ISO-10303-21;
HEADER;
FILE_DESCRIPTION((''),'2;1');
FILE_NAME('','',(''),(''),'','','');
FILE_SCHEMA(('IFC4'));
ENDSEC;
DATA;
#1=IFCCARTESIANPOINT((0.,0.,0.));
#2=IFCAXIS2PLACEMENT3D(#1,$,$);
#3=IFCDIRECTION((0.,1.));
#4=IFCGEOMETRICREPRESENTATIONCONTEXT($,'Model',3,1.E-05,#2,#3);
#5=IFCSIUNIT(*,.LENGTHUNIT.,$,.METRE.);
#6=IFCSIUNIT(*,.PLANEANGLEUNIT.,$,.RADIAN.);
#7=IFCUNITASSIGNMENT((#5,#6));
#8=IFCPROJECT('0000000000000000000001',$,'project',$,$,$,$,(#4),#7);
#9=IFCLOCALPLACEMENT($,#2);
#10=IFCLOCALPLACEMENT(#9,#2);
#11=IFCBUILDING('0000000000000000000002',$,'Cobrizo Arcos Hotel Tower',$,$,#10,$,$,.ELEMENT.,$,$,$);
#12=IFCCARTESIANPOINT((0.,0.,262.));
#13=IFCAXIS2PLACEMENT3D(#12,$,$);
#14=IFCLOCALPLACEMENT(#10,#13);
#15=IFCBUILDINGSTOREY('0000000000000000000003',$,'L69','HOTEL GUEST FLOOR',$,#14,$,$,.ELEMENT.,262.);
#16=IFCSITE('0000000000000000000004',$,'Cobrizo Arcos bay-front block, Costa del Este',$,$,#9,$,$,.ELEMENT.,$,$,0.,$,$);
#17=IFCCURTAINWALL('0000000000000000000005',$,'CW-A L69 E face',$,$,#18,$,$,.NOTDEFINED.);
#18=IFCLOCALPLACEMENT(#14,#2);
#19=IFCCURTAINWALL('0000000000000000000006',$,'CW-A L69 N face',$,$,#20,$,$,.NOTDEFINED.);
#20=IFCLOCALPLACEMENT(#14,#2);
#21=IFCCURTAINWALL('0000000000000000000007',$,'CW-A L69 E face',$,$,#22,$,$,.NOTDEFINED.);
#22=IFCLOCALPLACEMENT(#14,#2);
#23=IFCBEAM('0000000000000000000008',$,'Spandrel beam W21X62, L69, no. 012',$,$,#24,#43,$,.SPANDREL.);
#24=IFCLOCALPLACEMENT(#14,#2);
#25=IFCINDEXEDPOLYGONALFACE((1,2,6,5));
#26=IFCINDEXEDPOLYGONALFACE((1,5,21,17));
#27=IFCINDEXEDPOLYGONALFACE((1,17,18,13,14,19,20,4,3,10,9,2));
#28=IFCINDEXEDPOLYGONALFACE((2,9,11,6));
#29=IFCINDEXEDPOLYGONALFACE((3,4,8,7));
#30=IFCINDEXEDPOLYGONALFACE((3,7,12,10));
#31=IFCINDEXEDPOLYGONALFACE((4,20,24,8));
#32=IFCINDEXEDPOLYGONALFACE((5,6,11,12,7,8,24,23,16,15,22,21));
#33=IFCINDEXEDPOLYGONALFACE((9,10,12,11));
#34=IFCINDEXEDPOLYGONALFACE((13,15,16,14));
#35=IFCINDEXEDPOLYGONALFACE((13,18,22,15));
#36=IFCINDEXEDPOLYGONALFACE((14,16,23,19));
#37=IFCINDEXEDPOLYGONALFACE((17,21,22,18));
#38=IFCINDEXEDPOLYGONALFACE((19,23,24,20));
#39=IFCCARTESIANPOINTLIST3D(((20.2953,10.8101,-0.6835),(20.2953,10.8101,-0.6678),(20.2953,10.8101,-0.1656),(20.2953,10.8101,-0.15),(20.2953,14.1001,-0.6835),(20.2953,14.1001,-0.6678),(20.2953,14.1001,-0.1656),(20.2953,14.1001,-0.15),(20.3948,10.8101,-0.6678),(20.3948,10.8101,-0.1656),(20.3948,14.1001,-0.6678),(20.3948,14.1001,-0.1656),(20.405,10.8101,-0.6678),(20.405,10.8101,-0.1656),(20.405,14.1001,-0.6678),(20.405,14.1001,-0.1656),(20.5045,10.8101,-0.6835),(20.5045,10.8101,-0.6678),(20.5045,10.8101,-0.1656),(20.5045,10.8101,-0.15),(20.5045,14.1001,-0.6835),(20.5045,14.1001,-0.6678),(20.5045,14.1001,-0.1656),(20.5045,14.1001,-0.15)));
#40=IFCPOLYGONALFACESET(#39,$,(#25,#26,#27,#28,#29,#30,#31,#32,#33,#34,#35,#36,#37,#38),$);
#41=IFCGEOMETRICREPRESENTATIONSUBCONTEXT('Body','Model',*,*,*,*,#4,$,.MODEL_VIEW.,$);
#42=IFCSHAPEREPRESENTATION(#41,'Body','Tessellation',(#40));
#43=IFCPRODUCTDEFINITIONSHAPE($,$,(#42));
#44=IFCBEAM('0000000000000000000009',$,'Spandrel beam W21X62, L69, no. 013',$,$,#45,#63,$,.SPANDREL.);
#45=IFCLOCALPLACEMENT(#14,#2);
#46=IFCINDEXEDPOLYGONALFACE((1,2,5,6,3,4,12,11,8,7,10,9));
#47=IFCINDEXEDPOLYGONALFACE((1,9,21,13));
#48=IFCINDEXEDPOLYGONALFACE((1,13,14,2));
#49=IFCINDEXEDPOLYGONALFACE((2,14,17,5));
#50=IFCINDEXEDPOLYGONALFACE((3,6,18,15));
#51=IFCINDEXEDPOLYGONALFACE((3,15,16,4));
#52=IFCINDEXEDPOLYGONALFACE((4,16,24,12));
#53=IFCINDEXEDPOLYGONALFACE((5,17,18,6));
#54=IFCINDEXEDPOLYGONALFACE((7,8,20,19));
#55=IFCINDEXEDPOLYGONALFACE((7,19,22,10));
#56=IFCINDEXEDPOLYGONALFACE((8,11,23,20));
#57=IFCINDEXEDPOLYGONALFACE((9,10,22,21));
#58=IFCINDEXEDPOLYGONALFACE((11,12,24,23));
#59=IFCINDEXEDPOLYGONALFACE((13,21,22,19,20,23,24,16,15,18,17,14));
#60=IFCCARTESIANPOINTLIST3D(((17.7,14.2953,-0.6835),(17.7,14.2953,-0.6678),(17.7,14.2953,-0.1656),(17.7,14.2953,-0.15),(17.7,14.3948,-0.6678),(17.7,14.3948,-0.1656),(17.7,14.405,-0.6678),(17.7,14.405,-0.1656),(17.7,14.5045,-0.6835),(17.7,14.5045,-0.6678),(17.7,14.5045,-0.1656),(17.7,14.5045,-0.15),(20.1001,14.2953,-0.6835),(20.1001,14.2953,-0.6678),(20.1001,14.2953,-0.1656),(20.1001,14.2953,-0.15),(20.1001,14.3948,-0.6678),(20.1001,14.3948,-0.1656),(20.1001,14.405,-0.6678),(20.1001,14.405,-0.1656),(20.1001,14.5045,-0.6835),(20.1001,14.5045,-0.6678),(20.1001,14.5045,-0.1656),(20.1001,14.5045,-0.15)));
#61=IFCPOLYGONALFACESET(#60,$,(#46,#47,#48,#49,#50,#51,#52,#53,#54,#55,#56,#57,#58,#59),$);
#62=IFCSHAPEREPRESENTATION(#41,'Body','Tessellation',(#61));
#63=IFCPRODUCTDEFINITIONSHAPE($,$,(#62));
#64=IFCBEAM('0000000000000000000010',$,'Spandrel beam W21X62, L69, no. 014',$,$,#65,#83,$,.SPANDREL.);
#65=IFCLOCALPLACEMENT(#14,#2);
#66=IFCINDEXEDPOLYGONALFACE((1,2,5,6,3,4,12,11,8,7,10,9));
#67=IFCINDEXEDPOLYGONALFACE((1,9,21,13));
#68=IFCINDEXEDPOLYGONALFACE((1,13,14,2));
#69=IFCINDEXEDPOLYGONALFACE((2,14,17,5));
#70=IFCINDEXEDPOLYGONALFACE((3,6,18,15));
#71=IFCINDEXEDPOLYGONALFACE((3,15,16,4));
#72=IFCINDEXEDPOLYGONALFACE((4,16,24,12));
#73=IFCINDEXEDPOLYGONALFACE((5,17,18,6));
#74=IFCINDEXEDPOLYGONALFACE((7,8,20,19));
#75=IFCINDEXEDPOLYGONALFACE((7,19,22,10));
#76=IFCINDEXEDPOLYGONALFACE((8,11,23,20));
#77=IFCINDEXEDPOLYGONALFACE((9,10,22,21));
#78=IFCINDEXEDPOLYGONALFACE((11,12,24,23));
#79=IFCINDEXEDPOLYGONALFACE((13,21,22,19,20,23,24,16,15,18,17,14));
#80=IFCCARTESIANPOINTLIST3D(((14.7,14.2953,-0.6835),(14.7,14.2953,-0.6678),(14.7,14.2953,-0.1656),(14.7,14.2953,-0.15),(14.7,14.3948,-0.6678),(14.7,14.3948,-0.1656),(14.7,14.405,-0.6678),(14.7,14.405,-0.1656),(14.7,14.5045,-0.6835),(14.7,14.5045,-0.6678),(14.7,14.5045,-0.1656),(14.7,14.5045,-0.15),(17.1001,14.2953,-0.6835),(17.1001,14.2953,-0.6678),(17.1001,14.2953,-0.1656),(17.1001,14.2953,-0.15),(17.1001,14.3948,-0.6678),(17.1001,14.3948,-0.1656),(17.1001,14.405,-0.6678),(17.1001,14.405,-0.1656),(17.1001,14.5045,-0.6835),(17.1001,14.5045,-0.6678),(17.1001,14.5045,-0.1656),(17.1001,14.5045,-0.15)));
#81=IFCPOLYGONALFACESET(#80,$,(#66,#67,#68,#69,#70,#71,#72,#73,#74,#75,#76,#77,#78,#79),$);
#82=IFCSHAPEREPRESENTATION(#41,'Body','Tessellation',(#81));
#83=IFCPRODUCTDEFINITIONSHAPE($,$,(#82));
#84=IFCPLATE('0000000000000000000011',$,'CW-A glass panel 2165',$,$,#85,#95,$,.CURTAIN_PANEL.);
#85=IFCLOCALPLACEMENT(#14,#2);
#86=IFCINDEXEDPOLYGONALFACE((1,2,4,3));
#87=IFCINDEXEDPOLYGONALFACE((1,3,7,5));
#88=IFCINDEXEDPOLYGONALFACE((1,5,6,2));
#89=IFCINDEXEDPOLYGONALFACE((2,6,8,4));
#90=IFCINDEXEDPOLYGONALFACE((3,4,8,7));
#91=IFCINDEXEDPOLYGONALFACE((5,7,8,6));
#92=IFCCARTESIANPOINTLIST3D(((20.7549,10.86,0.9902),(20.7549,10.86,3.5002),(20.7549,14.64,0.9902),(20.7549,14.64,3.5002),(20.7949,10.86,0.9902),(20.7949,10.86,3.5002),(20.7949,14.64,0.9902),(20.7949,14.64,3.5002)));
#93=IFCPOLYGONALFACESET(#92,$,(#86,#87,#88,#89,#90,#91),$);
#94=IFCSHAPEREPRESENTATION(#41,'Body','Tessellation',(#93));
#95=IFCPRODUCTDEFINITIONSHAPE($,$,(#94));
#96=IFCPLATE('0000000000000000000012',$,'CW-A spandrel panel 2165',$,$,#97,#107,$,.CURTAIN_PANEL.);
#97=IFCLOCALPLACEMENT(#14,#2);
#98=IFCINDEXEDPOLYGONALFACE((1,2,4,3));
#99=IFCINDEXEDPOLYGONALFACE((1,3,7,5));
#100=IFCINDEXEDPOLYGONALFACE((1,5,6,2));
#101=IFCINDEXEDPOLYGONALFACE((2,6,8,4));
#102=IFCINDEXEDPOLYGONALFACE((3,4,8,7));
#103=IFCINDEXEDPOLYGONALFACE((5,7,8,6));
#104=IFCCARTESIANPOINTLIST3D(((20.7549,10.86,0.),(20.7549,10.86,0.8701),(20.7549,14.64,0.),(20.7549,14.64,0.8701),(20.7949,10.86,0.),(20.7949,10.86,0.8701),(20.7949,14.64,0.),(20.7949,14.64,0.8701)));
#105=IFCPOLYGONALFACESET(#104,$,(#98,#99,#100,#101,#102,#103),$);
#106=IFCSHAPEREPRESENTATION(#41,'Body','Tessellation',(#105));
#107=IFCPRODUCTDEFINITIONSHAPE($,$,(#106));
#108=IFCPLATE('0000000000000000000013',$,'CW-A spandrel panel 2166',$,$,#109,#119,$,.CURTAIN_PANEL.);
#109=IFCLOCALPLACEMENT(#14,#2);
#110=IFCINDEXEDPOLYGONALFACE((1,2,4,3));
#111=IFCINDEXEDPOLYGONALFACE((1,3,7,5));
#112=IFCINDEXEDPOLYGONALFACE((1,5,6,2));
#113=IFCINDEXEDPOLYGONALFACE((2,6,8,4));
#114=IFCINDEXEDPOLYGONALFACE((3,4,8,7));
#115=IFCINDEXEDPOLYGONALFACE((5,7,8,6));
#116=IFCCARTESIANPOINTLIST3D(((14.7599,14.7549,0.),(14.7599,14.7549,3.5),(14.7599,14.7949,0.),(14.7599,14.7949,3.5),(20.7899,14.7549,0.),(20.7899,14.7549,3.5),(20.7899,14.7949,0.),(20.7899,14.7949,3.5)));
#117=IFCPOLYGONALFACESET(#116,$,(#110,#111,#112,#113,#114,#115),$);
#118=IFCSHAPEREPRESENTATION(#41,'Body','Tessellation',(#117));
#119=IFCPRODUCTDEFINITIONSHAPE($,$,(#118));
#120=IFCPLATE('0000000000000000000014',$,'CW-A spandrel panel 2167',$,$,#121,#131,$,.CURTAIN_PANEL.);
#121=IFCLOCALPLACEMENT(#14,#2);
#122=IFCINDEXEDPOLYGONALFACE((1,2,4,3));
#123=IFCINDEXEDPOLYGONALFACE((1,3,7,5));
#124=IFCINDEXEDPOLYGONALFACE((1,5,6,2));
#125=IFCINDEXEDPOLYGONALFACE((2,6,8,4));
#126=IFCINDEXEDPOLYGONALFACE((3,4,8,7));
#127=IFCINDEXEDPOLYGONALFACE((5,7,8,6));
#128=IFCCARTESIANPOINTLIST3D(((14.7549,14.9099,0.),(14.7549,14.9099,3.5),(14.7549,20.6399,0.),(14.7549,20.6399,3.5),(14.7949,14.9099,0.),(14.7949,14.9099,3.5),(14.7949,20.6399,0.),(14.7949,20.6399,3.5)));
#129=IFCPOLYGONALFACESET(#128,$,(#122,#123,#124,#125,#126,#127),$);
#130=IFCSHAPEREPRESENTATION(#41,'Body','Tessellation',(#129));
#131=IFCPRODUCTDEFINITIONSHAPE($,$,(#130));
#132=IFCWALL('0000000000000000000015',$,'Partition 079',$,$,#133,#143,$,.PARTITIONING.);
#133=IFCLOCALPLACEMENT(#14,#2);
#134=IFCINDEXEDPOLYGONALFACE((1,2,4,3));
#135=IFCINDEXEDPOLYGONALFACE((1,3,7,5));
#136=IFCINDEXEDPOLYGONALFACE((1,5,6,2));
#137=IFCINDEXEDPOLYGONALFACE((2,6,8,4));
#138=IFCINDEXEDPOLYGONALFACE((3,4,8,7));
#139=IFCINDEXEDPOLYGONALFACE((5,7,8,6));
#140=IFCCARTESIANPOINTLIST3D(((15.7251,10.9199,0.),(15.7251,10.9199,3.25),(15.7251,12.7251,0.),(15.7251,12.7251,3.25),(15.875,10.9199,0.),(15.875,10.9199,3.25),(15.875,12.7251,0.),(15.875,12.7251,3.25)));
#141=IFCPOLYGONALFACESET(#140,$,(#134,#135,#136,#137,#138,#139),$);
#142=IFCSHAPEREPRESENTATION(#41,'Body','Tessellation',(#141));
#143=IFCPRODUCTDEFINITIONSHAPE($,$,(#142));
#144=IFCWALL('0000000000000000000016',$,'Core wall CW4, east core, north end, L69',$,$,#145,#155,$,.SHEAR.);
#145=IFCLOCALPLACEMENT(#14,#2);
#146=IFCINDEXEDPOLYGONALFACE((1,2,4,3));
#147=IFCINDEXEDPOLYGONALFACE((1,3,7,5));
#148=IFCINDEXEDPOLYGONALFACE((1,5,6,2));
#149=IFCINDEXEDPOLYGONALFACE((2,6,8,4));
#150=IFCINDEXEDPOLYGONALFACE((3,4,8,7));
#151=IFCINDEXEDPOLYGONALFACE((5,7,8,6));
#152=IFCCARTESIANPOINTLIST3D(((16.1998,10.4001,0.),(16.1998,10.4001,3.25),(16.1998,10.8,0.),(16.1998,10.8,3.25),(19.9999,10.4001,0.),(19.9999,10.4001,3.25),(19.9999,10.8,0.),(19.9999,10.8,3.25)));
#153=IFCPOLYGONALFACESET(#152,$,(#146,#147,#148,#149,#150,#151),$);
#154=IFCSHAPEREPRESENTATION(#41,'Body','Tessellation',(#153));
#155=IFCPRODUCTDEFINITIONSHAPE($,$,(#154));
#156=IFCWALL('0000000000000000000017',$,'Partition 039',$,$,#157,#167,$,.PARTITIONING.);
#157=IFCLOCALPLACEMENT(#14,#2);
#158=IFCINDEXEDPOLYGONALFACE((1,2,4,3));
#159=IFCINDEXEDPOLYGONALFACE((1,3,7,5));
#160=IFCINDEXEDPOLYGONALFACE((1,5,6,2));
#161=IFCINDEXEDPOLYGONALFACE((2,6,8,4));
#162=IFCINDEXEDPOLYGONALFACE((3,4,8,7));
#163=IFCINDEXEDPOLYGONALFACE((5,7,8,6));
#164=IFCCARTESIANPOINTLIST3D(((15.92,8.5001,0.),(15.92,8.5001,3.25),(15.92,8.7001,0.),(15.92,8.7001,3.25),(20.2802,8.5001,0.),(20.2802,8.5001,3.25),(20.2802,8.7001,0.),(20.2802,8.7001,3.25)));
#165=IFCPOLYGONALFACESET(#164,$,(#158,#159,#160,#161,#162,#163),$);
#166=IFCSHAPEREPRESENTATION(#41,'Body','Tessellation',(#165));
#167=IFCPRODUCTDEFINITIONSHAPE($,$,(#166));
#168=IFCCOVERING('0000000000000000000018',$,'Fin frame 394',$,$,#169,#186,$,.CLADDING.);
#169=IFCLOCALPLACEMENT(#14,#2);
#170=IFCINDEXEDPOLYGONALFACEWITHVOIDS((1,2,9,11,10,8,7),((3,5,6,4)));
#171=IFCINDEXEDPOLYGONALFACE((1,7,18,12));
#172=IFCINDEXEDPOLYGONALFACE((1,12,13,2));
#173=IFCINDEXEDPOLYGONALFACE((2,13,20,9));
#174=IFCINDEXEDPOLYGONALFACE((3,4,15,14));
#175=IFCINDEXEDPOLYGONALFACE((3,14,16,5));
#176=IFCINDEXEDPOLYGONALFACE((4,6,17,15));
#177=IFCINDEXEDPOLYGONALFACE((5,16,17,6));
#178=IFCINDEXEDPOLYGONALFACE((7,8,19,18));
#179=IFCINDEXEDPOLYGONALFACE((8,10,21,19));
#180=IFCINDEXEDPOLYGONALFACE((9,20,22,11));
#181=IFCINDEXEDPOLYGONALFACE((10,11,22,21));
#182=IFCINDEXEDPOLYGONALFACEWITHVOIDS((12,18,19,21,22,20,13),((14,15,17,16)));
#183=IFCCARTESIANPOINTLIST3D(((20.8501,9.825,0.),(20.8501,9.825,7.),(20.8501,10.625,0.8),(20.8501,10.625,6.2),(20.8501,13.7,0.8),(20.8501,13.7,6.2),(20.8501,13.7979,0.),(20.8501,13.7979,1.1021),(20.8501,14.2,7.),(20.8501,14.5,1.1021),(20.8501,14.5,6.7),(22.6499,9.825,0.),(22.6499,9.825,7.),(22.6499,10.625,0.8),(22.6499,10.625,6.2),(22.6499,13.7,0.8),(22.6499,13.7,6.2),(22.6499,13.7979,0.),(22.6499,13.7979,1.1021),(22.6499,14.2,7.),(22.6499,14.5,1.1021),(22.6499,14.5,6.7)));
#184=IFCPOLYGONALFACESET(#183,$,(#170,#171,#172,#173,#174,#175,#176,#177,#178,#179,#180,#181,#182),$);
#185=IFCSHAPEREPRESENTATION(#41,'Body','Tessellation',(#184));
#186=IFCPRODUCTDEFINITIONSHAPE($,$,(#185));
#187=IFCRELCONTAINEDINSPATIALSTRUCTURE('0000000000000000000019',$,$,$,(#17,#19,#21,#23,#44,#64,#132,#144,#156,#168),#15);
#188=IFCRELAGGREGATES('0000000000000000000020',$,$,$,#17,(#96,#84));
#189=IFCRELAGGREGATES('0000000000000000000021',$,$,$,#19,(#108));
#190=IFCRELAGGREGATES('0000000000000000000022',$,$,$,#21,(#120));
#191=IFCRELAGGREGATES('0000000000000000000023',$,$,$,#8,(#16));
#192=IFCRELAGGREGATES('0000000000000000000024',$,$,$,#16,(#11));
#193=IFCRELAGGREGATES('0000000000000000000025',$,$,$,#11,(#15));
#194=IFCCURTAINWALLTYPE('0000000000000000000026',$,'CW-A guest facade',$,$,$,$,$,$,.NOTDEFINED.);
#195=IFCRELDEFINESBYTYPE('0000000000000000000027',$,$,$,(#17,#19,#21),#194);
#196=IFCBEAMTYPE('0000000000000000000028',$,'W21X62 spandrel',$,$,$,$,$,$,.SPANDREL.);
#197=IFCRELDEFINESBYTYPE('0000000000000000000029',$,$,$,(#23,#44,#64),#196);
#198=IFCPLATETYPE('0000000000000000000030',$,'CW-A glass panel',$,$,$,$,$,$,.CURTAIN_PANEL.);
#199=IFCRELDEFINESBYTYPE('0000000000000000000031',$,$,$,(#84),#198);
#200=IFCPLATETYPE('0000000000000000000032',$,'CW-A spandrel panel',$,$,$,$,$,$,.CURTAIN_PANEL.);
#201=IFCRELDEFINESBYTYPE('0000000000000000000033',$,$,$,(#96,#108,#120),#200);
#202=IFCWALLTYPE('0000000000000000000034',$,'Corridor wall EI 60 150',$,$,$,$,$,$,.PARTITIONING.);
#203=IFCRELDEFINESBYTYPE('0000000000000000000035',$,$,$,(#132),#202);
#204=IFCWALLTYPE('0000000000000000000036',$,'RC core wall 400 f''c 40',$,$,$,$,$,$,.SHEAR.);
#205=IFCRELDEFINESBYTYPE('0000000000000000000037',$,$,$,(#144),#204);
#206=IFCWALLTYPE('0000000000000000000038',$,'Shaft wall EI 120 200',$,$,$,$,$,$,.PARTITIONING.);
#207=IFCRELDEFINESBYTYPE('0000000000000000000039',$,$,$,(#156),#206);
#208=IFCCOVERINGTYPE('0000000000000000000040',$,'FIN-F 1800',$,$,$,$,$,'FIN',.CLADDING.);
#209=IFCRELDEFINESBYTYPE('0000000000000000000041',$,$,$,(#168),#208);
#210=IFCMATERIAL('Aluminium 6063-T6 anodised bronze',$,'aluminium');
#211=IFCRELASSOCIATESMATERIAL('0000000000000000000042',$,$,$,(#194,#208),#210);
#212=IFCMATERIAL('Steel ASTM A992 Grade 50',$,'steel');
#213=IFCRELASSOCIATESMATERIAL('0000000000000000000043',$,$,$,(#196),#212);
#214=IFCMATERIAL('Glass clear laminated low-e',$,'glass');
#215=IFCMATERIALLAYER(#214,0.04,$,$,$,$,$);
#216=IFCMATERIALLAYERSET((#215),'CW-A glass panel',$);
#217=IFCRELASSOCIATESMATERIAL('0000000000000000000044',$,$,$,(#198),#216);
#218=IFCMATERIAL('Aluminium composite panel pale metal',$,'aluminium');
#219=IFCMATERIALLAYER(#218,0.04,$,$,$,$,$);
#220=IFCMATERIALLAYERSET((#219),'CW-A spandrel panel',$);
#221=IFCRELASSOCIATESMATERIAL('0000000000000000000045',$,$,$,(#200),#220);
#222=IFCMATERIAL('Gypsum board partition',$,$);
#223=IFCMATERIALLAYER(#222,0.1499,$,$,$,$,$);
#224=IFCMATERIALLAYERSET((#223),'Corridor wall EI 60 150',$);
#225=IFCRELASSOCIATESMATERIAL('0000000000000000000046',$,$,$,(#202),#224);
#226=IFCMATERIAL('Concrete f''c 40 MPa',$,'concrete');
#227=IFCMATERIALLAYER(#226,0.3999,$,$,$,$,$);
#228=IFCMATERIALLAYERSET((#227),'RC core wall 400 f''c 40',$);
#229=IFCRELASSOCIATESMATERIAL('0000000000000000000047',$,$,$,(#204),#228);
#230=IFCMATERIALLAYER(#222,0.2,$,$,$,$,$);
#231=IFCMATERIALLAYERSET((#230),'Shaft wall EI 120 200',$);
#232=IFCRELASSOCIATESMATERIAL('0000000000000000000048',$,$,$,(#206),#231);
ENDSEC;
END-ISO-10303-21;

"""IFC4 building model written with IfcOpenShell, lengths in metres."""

from ifc_helpers import new_model, si_unit, direction, frame, frame_2d, origin, origin_2d, place, context, subcontext, project, spatial, polyline, rectangle, i_section, outline, extrude, material, layer, layer_set, material_profile, profile_set, type_object, element, aggregate, save


model = new_model("IFC4")

# Units and contexts
model_context = context("Model", 3, precision=1e-05, world=origin(), true_north=direction((0.0, 1.0)))
body_context = subcontext(model_context, "Body", "Model", "MODEL_VIEW")
ifc_project = project(units=[si_unit("LENGTHUNIT", "METRE"), si_unit("PLANEANGLEUNIT", "RADIAN")], contexts=[model_context])

# Site, building, storey
site_placement = place(None, origin())
site = spatial("IfcSite", under=ifc_project, at=site_placement, Name="Cobrizo Arcos bay-front block, Costa del Este", CompositionType="ELEMENT", RefElevation=0.0)
building_placement = place(site_placement, origin())
building = spatial("IfcBuilding", under=site, at=building_placement, Name="Cobrizo Arcos Hotel Tower", CompositionType="ELEMENT")
storey_placement = place(building_placement, frame((0.0, 0.0, 262.0)))
storey = spatial("IfcBuildingStorey", under=building, at=storey_placement, Name="L69", Description="HOTEL GUEST FLOOR", CompositionType="ELEMENT", Elevation=262.0)

# Curtain wall
ifc_material_1 = material(Name="Aluminium 6063-T6 anodised bronze", Category="aluminium")
curtain_wall_type = type_object("IfcCurtainWallType", Name="CW-A guest facade", PredefinedType="NOTDEFINED", material=ifc_material_1)
curtain_wall_1_placement = place(storey_placement, origin())
curtain_wall_1 = element("IfcCurtainWall", 1, at=curtain_wall_1_placement, inside=storey, type_object=curtain_wall_type, Name="CW-A L69 E face", PredefinedType="NOTDEFINED")

# Curtain wall
curtain_wall_2_placement = place(storey_placement, origin())
curtain_wall_2 = element("IfcCurtainWall", 2, at=curtain_wall_2_placement, inside=storey, type_object=curtain_wall_type, Name="CW-A L69 N face", PredefinedType="NOTDEFINED")

# Curtain wall
curtain_wall_3_placement = place(storey_placement, origin())
curtain_wall_3 = element("IfcCurtainWall", 3, at=curtain_wall_3_placement, inside=storey, type_object=curtain_wall_type, Name="CW-A L69 E face", PredefinedType="NOTDEFINED")

# Beams
ifc_material_2 = material(Name="Steel ASTM A992 Grade 50", Category="steel")
ifc_material_profile_1 = material_profile(ifc_material_2, i_section(OverallWidth=0.2092, OverallDepth=0.5334, WebThickness=0.0103, FlangeThickness=0.0156, at=origin_2d()), Name="W21X62")
ifc_profile_set_1 = profile_set([ifc_material_profile_1], Name="Steel ASTM A992 Grade 50")
beam_type_1 = type_object("IfcBeamType", Name="W21X62 spandrel", PredefinedType="SPANDREL", material=ifc_profile_set_1)
beam_1_placement = place(storey_placement, frame((20.3999, 10.8101, -0.4167), z_axis=(0.0, 1.0, 0.0), x_axis=(-1.0, 0.0, 0.0)))
element("IfcBeam", 4, at=beam_1_placement, inside=storey, type_object=beam_type_1, Name="Spandrel beam W21X62, L69, no. 012", PredefinedType="SPANDREL", context=body_context, shape_type="SweptSolid", body=[
    extrude(i_section(OverallWidth=0.2092, OverallDepth=0.5334, WebThickness=0.0103, FlangeThickness=0.0156, at=origin_2d()), origin(), (0.0, 0.0, 1.0), 3.29),
])
for number, where, z_axis, x_axis, name in (
    (5, (20.1001, 14.3999, -0.4167), (-1.0, 0.0, 0.0), (0.0, -1.0, 0.0), "Spandrel beam W21X62, L69, no. 013"),
    (6, (17.1001, 14.3999, -0.4167), (-1.0, 0.0, 0.0), (0.0, -1.0, 0.0), "Spandrel beam W21X62, L69, no. 014"),
):
    element("IfcBeam", number, at=place(storey_placement, frame(where, z_axis=z_axis, x_axis=x_axis)), inside=storey, type_object=beam_type_1, Name=name, PredefinedType="SPANDREL", context=body_context, shape_type="SweptSolid", body=[
        extrude(i_section(OverallWidth=0.2092, OverallDepth=0.5334, WebThickness=0.0103, FlangeThickness=0.0156, at=origin_2d()), origin(), (0.0, 0.0, 1.0), 2.4001),
    ])

# Plates
ifc_material_3 = material(Name="Glass clear laminated low-e", Category="glass")
ifc_layer_1 = layer(ifc_material_3, 0.04)
ifc_layer_set_1 = layer_set([ifc_layer_1], Name="CW-A glass panel")
plate_type_1 = type_object("IfcPlateType", Name="CW-A glass panel", PredefinedType="CURTAIN_PANEL", material=ifc_layer_set_1)
plate_1_placement = place(storey_placement, frame((20.7749, 12.75, 0.9902), z_axis=(0.0, 0.0, 1.0), x_axis=(0.0, 1.0, 0.0)))
plate_1 = element("IfcPlate", 7, at=plate_1_placement, type_object=plate_type_1, Name="CW-A glass panel 2165", PredefinedType="CURTAIN_PANEL", context=body_context, shape_type="SweptSolid", body=[
    extrude(rectangle(XDim=3.78, YDim=0.04, at=origin_2d()), origin(), (0.0, 0.0, 1.0), 2.51),
])
ifc_material_4 = material(Name="Aluminium composite panel pale metal", Category="aluminium")
ifc_layer_2 = layer(ifc_material_4, 0.04)
ifc_layer_set_2 = layer_set([ifc_layer_2], Name="CW-A spandrel panel")
plate_type_2 = type_object("IfcPlateType", Name="CW-A spandrel panel", PredefinedType="CURTAIN_PANEL", material=ifc_layer_set_2)
plate_2_placement = place(storey_placement, frame((20.7749, 12.75, 0.0), z_axis=(0.0, 0.0, 1.0), x_axis=(0.0, 1.0, 0.0)))
plate_2 = element("IfcPlate", 8, at=plate_2_placement, type_object=plate_type_2, Name="CW-A spandrel panel 2165", PredefinedType="CURTAIN_PANEL", context=body_context, shape_type="SweptSolid", body=[
    extrude(rectangle(XDim=3.78, YDim=0.04, at=origin_2d()), origin(), (0.0, 0.0, 1.0), 0.8701),
])
aggregate(curtain_wall_1, [plate_2, plate_1])
plate_3_placement = place(storey_placement, frame((17.7749, 14.7749, 0.0), z_axis=(0.0, 0.0, 1.0), x_axis=(-1.0, 0.0, 0.0)))
plate_3 = element("IfcPlate", 9, at=plate_3_placement, type_object=plate_type_2, Name="CW-A spandrel panel 2166", PredefinedType="CURTAIN_PANEL", context=body_context, shape_type="SweptSolid", body=[
    extrude(rectangle(XDim=6.03, YDim=0.04, at=origin_2d()), origin(), (0.0, 0.0, 1.0), 3.5),
])
aggregate(curtain_wall_2, [plate_3])
plate_4_placement = place(storey_placement, frame((14.7749, 17.7749, 0.0), z_axis=(0.0, 0.0, 1.0), x_axis=(0.0, 1.0, 0.0)))
plate_4 = element("IfcPlate", 10, at=plate_4_placement, type_object=plate_type_2, Name="CW-A spandrel panel 2167", PredefinedType="CURTAIN_PANEL", context=body_context, shape_type="SweptSolid", body=[
    extrude(rectangle(XDim=5.73, YDim=0.04, at=origin_2d()), origin(), (0.0, 0.0, 1.0), 3.5),
])
aggregate(curtain_wall_3, [plate_4])

# Walls
ifc_material_5 = material(Name="Gypsum board partition")
ifc_layer_3 = layer(ifc_material_5, 0.1499)
ifc_layer_set_3 = layer_set([ifc_layer_3], Name="Corridor wall EI 60 150")
wall_type_1 = type_object("IfcWallType", Name="Corridor wall EI 60 150", PredefinedType="PARTITIONING", material=ifc_layer_set_3)
wall_1_placement = place(storey_placement, frame((15.8, 10.9199, 0.0), z_axis=(0.0, 0.0, 1.0), x_axis=(0.0, 1.0, 0.0)))
element("IfcWall", 11, at=wall_1_placement, inside=storey, type_object=wall_type_1, Name="Partition 079", PredefinedType="PARTITIONING", context=body_context, shape_type="SweptSolid", body=[
    extrude(rectangle(XDim=1.8052, YDim=0.1499, at=frame_2d((0.9026, 0.0))), origin(), (0.0, 0.0, 1.0), 3.25),
])
ifc_material_6 = material(Name="Concrete f'c 40 MPa", Category="concrete")
ifc_layer_4 = layer(ifc_material_6, 0.3999)
ifc_layer_set_4 = layer_set([ifc_layer_4], Name="RC core wall 400 f'c 40")
wall_type_2 = type_object("IfcWallType", Name="RC core wall 400 f'c 40", PredefinedType="SHEAR", material=ifc_layer_set_4)
wall_2_placement = place(storey_placement, frame((16.2, 10.6001, 0.0), z_axis=(0.0, 0.0, 1.0), x_axis=(1.0, 0.0, 0.0)))
element("IfcWall", 12, at=wall_2_placement, inside=storey, type_object=wall_type_2, Name="Core wall CW4, east core, north end, L69", PredefinedType="SHEAR", context=body_context, shape_type="SweptSolid", body=[
    extrude(rectangle(XDim=3.8, YDim=0.3999, at=frame_2d((1.8999, 0.0))), origin(), (0.0, 0.0, 1.0), 3.25),
])
ifc_layer_5 = layer(ifc_material_5, 0.2)
ifc_layer_set_5 = layer_set([ifc_layer_5], Name="Shaft wall EI 120 200")
wall_type_3 = type_object("IfcWallType", Name="Shaft wall EI 120 200", PredefinedType="PARTITIONING", material=ifc_layer_set_5)
wall_3_placement = place(storey_placement, frame((15.9199, 8.6001, 0.0), z_axis=(0.0, 0.0, 1.0), x_axis=(1.0, 0.0, 0.0)))
element("IfcWall", 13, at=wall_3_placement, inside=storey, type_object=wall_type_3, Name="Partition 039", PredefinedType="PARTITIONING", context=body_context, shape_type="SweptSolid", body=[
    extrude(rectangle(XDim=4.3601, YDim=0.2, at=frame_2d((2.1802, 0.0))), origin(), (0.0, 0.0, 1.0), 3.25),
])

# Covering
covering_type_1 = type_object("IfcCoveringType", Name="FIN-F 1800", ElementType="FIN", PredefinedType="CLADDING", material=ifc_material_1)
covering_1_placement = place(storey_placement, frame((20.8501, 9.825, 0.0), z_axis=(1.0, 0.0, 0.0), x_axis=(0.0, 1.0, 0.0)))
element("IfcCovering", 14, at=covering_1_placement, inside=storey, type_object=covering_type_1, Name="Fin frame 394", PredefinedType="CLADDING", context=body_context, shape_type="SweptSolid", body=[
    extrude(outline(polyline([(0.0, 0.0), (3.9729, 0.0), (3.9729, 1.1021), (4.675, 1.1021), (4.675, 6.7), (4.375, 7.0), (0.0, 7.0), (0.0, 0.0)]), holes=[polyline([(3.875, 0.8), (0.8, 0.8), (0.8, 6.2), (3.875, 6.2), (3.875, 0.8)])]), origin(), (0.0, 0.0, 1.0), 1.7998),
])

save(model, "model.ifc")
